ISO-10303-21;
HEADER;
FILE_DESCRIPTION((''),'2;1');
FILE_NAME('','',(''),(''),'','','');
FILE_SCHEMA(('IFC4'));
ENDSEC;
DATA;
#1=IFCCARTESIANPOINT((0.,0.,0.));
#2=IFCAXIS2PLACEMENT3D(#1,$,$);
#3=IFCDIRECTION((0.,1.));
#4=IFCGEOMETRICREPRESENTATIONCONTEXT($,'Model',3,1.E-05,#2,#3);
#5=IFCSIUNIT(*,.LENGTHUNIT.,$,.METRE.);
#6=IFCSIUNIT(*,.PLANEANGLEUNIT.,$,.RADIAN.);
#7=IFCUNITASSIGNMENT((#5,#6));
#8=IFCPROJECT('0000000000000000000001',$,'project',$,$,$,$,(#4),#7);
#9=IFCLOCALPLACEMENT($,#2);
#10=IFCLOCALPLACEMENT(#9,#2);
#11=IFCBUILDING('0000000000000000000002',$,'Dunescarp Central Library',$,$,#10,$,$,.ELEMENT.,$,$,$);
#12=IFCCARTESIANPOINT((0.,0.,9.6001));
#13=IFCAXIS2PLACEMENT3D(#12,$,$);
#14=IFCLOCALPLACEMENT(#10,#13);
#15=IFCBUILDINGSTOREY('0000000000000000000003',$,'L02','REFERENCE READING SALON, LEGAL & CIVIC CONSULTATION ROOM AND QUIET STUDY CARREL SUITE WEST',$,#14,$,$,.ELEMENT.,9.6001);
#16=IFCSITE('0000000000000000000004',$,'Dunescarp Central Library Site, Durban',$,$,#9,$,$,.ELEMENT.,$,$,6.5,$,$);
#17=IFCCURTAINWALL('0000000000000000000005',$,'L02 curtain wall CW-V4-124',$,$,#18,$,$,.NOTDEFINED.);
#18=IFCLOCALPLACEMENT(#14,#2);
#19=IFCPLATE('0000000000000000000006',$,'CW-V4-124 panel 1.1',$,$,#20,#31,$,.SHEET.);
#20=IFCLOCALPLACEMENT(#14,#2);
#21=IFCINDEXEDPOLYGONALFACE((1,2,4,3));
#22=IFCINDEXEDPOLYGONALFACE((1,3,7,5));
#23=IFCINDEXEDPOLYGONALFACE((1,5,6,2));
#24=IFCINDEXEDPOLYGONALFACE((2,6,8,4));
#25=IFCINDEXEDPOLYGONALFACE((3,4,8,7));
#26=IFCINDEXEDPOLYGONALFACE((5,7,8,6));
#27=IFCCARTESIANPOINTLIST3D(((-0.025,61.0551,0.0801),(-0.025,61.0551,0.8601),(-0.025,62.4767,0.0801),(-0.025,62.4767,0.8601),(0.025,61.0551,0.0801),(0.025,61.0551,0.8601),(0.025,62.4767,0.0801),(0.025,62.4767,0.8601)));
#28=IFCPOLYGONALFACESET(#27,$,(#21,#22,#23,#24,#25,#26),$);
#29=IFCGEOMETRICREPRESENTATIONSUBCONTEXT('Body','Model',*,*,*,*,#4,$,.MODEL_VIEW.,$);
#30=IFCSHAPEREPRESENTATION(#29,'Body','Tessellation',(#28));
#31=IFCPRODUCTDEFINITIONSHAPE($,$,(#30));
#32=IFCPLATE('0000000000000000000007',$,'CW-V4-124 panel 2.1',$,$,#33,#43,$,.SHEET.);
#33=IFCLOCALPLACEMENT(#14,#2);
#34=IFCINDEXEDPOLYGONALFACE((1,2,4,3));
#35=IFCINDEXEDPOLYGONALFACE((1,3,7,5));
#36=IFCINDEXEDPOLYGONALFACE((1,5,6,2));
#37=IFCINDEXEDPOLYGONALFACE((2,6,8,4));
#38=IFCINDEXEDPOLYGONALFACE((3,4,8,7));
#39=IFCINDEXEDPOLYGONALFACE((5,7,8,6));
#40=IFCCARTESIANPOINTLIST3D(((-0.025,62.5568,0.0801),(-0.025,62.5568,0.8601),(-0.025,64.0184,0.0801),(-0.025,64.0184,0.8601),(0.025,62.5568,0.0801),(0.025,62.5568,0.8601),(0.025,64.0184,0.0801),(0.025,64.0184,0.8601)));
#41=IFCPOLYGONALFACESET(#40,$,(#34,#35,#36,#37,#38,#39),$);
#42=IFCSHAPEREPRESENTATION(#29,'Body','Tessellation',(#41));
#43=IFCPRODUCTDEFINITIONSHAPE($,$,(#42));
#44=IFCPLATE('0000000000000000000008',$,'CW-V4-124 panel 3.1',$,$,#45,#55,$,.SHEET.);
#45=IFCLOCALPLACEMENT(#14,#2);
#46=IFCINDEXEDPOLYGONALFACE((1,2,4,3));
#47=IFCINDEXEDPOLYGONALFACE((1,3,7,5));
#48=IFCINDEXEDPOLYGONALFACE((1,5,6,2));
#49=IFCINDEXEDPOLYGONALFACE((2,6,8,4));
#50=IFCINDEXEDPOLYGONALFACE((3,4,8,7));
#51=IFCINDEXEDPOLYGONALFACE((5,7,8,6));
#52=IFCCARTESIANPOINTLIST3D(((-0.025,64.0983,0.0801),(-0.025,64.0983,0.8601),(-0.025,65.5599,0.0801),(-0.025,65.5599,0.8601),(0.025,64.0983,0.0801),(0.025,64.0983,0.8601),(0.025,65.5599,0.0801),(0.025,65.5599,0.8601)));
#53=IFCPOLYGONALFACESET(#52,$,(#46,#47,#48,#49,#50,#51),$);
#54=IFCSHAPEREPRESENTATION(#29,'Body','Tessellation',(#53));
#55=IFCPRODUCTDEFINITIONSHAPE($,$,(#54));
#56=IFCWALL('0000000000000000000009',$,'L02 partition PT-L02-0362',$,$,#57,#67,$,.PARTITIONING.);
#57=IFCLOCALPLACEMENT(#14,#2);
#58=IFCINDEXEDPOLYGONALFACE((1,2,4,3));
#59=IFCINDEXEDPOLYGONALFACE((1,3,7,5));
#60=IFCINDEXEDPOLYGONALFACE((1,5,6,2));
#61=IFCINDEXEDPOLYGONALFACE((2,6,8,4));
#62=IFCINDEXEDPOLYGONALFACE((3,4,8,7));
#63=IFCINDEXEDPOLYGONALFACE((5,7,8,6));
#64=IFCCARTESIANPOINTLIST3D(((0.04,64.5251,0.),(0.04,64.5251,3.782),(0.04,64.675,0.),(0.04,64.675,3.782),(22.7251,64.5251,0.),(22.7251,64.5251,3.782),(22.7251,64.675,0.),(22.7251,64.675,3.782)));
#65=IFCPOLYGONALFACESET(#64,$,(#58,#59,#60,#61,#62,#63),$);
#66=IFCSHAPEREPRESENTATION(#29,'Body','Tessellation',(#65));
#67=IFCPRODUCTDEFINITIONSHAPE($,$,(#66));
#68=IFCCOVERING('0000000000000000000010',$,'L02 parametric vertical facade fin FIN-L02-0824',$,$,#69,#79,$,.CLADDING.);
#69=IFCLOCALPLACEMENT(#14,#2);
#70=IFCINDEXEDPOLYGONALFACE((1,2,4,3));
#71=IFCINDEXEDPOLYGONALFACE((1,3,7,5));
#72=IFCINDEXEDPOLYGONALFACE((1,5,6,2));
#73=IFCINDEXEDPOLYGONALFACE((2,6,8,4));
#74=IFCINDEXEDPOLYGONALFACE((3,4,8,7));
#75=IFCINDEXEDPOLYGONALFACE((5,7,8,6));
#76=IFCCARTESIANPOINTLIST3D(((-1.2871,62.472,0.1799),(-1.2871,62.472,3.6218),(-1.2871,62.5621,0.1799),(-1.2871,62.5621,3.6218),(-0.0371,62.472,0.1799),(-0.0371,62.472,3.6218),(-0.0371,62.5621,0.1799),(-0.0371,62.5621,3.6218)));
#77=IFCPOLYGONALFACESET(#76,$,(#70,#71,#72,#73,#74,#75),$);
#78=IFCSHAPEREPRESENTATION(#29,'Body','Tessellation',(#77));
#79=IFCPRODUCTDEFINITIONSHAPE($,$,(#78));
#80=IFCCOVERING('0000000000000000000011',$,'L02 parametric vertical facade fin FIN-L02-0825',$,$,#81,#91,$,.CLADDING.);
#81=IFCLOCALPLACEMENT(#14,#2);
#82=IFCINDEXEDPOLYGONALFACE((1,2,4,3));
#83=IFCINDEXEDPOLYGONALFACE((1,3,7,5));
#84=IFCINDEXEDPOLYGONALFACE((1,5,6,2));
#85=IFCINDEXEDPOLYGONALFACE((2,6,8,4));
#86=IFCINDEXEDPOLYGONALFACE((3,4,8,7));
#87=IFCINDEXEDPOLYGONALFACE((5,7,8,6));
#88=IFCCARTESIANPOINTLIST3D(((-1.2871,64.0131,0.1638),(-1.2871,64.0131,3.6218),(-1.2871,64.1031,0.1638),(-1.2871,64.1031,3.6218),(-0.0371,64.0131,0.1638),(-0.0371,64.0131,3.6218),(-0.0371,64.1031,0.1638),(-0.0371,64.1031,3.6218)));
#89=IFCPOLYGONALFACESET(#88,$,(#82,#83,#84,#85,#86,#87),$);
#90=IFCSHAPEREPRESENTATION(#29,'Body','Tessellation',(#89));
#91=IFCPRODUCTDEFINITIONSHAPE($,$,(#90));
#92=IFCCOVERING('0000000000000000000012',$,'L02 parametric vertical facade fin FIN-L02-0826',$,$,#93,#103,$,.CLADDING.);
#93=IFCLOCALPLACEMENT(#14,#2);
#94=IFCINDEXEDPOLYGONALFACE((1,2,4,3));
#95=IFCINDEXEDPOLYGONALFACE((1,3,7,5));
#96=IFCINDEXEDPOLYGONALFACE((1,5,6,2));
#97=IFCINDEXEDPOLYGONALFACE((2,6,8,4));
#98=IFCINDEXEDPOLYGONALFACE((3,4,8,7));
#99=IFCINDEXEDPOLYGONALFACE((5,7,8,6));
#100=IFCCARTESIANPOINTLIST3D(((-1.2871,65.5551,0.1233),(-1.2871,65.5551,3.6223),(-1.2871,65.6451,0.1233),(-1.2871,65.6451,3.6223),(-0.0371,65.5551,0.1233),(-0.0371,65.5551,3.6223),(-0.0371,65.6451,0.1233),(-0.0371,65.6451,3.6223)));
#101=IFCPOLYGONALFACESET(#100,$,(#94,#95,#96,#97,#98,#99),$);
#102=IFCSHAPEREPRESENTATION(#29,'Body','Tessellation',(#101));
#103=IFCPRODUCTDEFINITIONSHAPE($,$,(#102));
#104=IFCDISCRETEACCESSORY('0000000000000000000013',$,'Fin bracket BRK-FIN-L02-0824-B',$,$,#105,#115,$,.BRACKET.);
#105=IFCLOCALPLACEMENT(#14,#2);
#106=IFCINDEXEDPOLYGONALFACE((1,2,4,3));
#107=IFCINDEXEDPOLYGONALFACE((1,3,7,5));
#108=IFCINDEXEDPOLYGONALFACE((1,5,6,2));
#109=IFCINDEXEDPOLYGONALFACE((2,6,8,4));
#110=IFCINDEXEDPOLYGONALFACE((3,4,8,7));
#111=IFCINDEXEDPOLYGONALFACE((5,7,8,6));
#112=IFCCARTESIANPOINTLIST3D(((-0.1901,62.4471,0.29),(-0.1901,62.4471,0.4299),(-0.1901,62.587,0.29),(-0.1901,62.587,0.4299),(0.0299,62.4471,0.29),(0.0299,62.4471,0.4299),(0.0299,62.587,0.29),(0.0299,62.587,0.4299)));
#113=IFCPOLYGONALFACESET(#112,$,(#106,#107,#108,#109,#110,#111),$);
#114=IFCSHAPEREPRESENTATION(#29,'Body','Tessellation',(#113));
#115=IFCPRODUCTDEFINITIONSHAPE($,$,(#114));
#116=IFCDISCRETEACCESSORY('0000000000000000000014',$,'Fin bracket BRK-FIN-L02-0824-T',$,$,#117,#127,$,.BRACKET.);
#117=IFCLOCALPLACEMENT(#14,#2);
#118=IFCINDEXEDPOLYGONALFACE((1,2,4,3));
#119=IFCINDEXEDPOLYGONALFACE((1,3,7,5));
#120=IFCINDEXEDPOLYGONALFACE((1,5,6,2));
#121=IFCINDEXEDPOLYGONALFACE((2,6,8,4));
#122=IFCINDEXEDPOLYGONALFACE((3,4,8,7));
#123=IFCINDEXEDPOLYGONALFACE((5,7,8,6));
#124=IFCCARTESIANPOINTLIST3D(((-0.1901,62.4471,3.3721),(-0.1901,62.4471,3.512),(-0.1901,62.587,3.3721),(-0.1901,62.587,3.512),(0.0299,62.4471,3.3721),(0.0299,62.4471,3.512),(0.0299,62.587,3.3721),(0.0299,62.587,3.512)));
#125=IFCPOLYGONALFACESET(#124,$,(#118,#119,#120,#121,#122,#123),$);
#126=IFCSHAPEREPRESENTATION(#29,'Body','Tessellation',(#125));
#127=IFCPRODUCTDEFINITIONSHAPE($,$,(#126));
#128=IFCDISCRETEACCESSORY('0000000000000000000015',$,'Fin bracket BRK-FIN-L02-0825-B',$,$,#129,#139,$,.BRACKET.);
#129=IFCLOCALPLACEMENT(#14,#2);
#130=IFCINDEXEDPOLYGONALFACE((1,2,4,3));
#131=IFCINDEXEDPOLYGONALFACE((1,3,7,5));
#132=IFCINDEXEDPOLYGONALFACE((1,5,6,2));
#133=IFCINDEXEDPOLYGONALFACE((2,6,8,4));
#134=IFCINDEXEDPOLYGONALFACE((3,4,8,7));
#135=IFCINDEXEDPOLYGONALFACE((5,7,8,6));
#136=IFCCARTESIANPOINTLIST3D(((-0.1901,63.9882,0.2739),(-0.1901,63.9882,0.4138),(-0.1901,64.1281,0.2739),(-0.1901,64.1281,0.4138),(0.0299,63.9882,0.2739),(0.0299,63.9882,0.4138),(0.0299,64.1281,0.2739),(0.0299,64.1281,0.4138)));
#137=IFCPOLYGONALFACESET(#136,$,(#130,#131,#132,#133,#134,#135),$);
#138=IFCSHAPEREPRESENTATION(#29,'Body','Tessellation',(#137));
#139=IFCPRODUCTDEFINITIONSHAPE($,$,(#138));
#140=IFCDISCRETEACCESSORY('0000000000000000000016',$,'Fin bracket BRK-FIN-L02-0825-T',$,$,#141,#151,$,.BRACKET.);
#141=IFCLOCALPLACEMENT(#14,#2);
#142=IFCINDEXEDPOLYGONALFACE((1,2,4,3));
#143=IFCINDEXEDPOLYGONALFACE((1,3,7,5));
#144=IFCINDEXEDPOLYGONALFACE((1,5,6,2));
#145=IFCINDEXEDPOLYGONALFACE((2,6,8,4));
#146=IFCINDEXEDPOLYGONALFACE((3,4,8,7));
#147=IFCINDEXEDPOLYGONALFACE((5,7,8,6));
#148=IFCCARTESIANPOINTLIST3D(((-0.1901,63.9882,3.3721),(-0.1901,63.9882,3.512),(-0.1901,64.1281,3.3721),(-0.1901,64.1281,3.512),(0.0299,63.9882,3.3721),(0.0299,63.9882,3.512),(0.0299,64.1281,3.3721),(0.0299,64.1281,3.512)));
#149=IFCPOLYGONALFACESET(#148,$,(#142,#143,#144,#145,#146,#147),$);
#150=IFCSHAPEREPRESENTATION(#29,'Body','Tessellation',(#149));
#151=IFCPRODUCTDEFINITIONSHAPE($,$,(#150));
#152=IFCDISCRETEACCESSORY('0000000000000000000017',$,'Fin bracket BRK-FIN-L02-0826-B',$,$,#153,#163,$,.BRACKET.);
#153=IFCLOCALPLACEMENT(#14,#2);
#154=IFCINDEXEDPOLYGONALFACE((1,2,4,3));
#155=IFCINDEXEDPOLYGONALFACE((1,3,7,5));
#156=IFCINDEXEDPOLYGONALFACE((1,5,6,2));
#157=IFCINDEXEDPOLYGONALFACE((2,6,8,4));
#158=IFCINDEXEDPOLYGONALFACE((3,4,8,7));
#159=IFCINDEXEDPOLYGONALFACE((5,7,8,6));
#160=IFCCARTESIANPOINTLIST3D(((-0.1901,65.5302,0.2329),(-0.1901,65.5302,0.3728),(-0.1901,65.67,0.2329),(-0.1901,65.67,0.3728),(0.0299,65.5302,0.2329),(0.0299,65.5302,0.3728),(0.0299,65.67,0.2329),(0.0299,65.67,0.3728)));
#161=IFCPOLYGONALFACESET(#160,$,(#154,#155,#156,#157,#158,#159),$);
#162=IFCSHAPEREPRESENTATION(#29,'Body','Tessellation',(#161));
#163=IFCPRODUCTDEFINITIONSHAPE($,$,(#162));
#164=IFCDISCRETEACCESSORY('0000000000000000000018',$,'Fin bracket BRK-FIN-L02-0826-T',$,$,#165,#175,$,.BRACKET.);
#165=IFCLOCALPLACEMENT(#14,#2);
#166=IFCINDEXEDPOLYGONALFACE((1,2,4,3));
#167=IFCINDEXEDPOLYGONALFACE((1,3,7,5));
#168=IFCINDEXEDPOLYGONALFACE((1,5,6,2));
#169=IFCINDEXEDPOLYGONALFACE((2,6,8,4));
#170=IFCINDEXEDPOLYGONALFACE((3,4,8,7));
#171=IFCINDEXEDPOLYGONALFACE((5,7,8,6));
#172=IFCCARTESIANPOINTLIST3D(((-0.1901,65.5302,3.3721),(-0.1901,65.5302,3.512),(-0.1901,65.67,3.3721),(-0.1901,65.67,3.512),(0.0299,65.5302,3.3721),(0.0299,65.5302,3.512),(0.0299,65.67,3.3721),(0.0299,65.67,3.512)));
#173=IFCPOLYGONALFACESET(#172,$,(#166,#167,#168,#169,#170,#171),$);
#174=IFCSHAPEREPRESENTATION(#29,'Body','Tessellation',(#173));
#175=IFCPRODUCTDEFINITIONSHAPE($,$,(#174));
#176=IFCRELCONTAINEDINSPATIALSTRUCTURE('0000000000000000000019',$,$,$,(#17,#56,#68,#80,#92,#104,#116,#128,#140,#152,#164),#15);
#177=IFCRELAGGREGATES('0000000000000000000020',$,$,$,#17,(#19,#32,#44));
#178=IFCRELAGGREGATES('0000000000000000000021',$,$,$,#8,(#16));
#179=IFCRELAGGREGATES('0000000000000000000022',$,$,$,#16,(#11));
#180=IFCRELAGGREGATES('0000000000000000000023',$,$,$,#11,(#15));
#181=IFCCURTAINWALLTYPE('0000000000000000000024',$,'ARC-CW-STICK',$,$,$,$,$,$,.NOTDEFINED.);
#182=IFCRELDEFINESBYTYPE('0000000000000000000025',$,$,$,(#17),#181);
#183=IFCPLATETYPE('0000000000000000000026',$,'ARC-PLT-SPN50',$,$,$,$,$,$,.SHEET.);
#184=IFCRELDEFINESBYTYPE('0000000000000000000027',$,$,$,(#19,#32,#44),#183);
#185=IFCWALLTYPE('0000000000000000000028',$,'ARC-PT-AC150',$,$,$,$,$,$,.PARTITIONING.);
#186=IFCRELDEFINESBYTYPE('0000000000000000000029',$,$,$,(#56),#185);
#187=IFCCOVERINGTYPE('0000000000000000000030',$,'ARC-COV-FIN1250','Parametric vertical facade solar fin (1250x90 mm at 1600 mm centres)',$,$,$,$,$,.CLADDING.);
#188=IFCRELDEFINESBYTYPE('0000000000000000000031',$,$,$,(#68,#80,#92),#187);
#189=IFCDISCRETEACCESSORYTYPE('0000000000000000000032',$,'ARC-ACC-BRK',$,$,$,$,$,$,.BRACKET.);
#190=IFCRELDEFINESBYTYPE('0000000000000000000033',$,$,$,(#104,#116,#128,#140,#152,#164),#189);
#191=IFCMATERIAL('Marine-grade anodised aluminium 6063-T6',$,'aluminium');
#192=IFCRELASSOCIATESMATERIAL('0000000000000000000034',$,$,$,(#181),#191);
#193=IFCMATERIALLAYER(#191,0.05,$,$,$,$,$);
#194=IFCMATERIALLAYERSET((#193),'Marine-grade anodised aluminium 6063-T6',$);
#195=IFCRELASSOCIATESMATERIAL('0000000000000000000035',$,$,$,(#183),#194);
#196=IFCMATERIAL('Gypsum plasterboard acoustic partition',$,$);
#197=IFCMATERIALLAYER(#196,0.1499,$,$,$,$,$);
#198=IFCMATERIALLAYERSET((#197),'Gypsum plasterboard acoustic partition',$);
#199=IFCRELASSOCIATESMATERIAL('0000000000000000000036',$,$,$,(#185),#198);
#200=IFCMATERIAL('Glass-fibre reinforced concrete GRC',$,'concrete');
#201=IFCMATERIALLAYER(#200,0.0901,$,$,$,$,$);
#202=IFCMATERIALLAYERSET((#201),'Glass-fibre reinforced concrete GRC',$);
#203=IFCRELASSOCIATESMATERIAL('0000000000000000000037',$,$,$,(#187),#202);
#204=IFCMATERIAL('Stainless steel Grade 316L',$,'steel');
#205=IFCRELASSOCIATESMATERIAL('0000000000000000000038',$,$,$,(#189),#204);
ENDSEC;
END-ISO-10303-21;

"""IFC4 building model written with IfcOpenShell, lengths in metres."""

from ifc_helpers import new_model, si_unit, direction, frame, frame_2d, origin, origin_2d, place, context, subcontext, project, spatial, rectangle, extrude, material, layer, layer_set, type_object, element, aggregate, save


model = new_model("IFC4")

# Units and contexts
model_context = context("Model", 3, precision=1e-05, world=origin(), true_north=direction((0.0, 1.0)))
body_context = subcontext(model_context, "Body", "Model", "MODEL_VIEW")
ifc_project = project(units=[si_unit("LENGTHUNIT", "METRE"), si_unit("PLANEANGLEUNIT", "RADIAN")], contexts=[model_context])

# Site, building, storey
site_placement = place(None, origin())
site = spatial("IfcSite", under=ifc_project, at=site_placement, Name="Dunescarp Central Library Site, Durban", CompositionType="ELEMENT", RefElevation=6.5)
building_placement = place(site_placement, origin())
building = spatial("IfcBuilding", under=site, at=building_placement, Name="Dunescarp Central Library", CompositionType="ELEMENT")
storey_placement = place(building_placement, frame((0.0, 0.0, 9.6001)))
storey = spatial("IfcBuildingStorey", under=building, at=storey_placement, Name="L02", Description="REFERENCE READING SALON, LEGAL & CIVIC CONSULTATION ROOM AND QUIET STUDY CARREL SUITE WEST", CompositionType="ELEMENT", Elevation=9.6001)

# Curtain wall, plates
ifc_material_1 = material(Name="Marine-grade anodised aluminium 6063-T6", Category="aluminium")
curtain_wall_type = type_object("IfcCurtainWallType", Name="ARC-CW-STICK", PredefinedType="NOTDEFINED", material=ifc_material_1)
curtain_wall_placement = place(storey_placement, origin())
curtain_wall = element("IfcCurtainWall", 1, at=curtain_wall_placement, inside=storey, type_object=curtain_wall_type, Name="L02 curtain wall CW-V4-124", PredefinedType="NOTDEFINED")
ifc_layer_1 = layer(ifc_material_1, 0.05)
ifc_layer_set_1 = layer_set([ifc_layer_1], Name="Marine-grade anodised aluminium 6063-T6")
plate_type_1 = type_object("IfcPlateType", Name="ARC-PLT-SPN50", PredefinedType="SHEET", material=ifc_layer_set_1)
plate_1_placement = place(storey_placement, frame((0.0, 61.7659, 0.0801), z_axis=(0.0, 0.0, 1.0), x_axis=(0.0, 1.0, 0.0)))
plate_1 = element("IfcPlate", 2, at=plate_1_placement, type_object=plate_type_1, Name="CW-V4-124 panel 1.1", PredefinedType="SHEET", context=body_context, shape_type="SweptSolid", body=[
    extrude(rectangle(XDim=1.4216, YDim=0.05, at=origin_2d()), origin(), (0.0, 0.0, 1.0), 0.78),
])
plate_2_placement = place(storey_placement, frame((0.0, 63.2876, 0.0801), z_axis=(0.0, 0.0, 1.0), x_axis=(0.0, 1.0, 0.0)))
plate_2 = element("IfcPlate", 3, at=plate_2_placement, type_object=plate_type_1, Name="CW-V4-124 panel 2.1", PredefinedType="SHEET", context=body_context, shape_type="SweptSolid", body=[
    extrude(rectangle(XDim=1.4617, YDim=0.05, at=origin_2d()), origin(), (0.0, 0.0, 1.0), 0.78),
])
plate_3_placement = place(storey_placement, frame((0.0, 64.8291, 0.0801), z_axis=(0.0, 0.0, 1.0), x_axis=(0.0, 1.0, 0.0)))
plate_3 = element("IfcPlate", 4, at=plate_3_placement, type_object=plate_type_1, Name="CW-V4-124 panel 3.1", PredefinedType="SHEET", context=body_context, shape_type="SweptSolid", body=[
    extrude(rectangle(XDim=1.4617, YDim=0.05, at=origin_2d()), origin(), (0.0, 0.0, 1.0), 0.78),
])
aggregate(curtain_wall, [plate_1, plate_2, plate_3])

# Wall
ifc_material_2 = material(Name="Gypsum plasterboard acoustic partition")
ifc_layer_2 = layer(ifc_material_2, 0.1499)
ifc_layer_set_2 = layer_set([ifc_layer_2], Name="Gypsum plasterboard acoustic partition")
wall_type = type_object("IfcWallType", Name="ARC-PT-AC150", PredefinedType="PARTITIONING", material=ifc_layer_set_2)
wall_placement = place(storey_placement, frame((0.04, 64.6001, 0.0), z_axis=(0.0, 0.0, 1.0), x_axis=(1.0, 0.0, 0.0)))
element("IfcWall", 5, at=wall_placement, inside=storey, type_object=wall_type, Name="L02 partition PT-L02-0362", PredefinedType="PARTITIONING", context=body_context, shape_type="SweptSolid", body=[
    extrude(rectangle(XDim=22.6851, YDim=0.1499, at=frame_2d((11.3425, 0.0))), origin(), (0.0, 0.0, 1.0), 3.782),
])

# Coverings
ifc_material_3 = material(Name="Glass-fibre reinforced concrete GRC", Category="concrete")
ifc_layer_3 = layer(ifc_material_3, 0.0901)
ifc_layer_set_3 = layer_set([ifc_layer_3], Name="Glass-fibre reinforced concrete GRC")
covering_type = type_object("IfcCoveringType", Name="ARC-COV-FIN1250", Description="Parametric vertical facade solar fin (1250x90 mm at 1600 mm centres)", PredefinedType="CLADDING", material=ifc_layer_set_3)
covering_1_placement = place(storey_placement, frame((-0.6621, 62.5171, 0.1799), z_axis=(0.0, 0.0, 1.0), x_axis=(-1.0, 0.0, 0.0)))
element("IfcCovering", 6, at=covering_1_placement, inside=storey, type_object=covering_type, Name="L02 parametric vertical facade fin FIN-L02-0824", PredefinedType="CLADDING", context=body_context, shape_type="SweptSolid", body=[
    extrude(rectangle(XDim=1.25, YDim=0.0901, at=origin_2d()), origin(), (0.0, 0.0, 1.0), 3.4419),
])
covering_2_placement = place(storey_placement, frame((-0.6621, 64.0581, 0.1638), z_axis=(0.0, 0.0, 1.0), x_axis=(-1.0, 0.0, 0.0)))
element("IfcCovering", 7, at=covering_2_placement, inside=storey, type_object=covering_type, Name="L02 parametric vertical facade fin FIN-L02-0825", PredefinedType="CLADDING", context=body_context, shape_type="SweptSolid", body=[
    extrude(rectangle(XDim=1.25, YDim=0.0901, at=origin_2d()), origin(), (0.0, 0.0, 1.0), 3.458),
])
covering_3_placement = place(storey_placement, frame((-0.6621, 65.6001, 0.1233), z_axis=(0.0, 0.0, 1.0), x_axis=(-1.0, 0.0, 0.0)))
element("IfcCovering", 8, at=covering_3_placement, inside=storey, type_object=covering_type, Name="L02 parametric vertical facade fin FIN-L02-0826", PredefinedType="CLADDING", context=body_context, shape_type="SweptSolid", body=[
    extrude(rectangle(XDim=1.25, YDim=0.0901, at=origin_2d()), origin(), (0.0, 0.0, 1.0), 3.499),
])

# Discrete accessories
ifc_material_4 = material(Name="Stainless steel Grade 316L", Category="steel")
discrete_accessory_type = type_object("IfcDiscreteAccessoryType", Name="ARC-ACC-BRK", PredefinedType="BRACKET", material=ifc_material_4)
for number, where, z_axis, x_axis, name in (
    (9, (-0.0801, 62.5171, 0.29), (0.0, 0.0, 1.0), (-1.0, 0.0, 0.0), "Fin bracket BRK-FIN-L02-0824-B"),
    (10, (-0.0801, 62.5171, 3.3721), (0.0, 0.0, 1.0), (-1.0, 0.0, 0.0), "Fin bracket BRK-FIN-L02-0824-T"),
    (11, (-0.0801, 64.0581, 0.2739), (0.0, 0.0, 1.0), (-1.0, 0.0, 0.0), "Fin bracket BRK-FIN-L02-0825-B"),
    (12, (-0.0801, 64.0581, 3.3721), (0.0, 0.0, 1.0), (-1.0, 0.0, 0.0), "Fin bracket BRK-FIN-L02-0825-T"),
    (13, (-0.0801, 65.6001, 0.2329), (0.0, 0.0, 1.0), (-1.0, 0.0, 0.0), "Fin bracket BRK-FIN-L02-0826-B"),
    (14, (-0.0801, 65.6001, 3.3721), (0.0, 0.0, 1.0), (-1.0, 0.0, 0.0), "Fin bracket BRK-FIN-L02-0826-T"),
):
    element("IfcDiscreteAccessory", number, at=place(storey_placement, frame(where, z_axis=z_axis, x_axis=x_axis)), inside=storey, type_object=discrete_accessory_type, Name=name, PredefinedType="BRACKET", context=body_context, shape_type="SweptSolid", body=[
        extrude(rectangle(XDim=0.22, YDim=0.1399, at=origin_2d()), origin(), (0.0, 0.0, 1.0), 0.1399),
    ])

save(model, "model.ifc")
